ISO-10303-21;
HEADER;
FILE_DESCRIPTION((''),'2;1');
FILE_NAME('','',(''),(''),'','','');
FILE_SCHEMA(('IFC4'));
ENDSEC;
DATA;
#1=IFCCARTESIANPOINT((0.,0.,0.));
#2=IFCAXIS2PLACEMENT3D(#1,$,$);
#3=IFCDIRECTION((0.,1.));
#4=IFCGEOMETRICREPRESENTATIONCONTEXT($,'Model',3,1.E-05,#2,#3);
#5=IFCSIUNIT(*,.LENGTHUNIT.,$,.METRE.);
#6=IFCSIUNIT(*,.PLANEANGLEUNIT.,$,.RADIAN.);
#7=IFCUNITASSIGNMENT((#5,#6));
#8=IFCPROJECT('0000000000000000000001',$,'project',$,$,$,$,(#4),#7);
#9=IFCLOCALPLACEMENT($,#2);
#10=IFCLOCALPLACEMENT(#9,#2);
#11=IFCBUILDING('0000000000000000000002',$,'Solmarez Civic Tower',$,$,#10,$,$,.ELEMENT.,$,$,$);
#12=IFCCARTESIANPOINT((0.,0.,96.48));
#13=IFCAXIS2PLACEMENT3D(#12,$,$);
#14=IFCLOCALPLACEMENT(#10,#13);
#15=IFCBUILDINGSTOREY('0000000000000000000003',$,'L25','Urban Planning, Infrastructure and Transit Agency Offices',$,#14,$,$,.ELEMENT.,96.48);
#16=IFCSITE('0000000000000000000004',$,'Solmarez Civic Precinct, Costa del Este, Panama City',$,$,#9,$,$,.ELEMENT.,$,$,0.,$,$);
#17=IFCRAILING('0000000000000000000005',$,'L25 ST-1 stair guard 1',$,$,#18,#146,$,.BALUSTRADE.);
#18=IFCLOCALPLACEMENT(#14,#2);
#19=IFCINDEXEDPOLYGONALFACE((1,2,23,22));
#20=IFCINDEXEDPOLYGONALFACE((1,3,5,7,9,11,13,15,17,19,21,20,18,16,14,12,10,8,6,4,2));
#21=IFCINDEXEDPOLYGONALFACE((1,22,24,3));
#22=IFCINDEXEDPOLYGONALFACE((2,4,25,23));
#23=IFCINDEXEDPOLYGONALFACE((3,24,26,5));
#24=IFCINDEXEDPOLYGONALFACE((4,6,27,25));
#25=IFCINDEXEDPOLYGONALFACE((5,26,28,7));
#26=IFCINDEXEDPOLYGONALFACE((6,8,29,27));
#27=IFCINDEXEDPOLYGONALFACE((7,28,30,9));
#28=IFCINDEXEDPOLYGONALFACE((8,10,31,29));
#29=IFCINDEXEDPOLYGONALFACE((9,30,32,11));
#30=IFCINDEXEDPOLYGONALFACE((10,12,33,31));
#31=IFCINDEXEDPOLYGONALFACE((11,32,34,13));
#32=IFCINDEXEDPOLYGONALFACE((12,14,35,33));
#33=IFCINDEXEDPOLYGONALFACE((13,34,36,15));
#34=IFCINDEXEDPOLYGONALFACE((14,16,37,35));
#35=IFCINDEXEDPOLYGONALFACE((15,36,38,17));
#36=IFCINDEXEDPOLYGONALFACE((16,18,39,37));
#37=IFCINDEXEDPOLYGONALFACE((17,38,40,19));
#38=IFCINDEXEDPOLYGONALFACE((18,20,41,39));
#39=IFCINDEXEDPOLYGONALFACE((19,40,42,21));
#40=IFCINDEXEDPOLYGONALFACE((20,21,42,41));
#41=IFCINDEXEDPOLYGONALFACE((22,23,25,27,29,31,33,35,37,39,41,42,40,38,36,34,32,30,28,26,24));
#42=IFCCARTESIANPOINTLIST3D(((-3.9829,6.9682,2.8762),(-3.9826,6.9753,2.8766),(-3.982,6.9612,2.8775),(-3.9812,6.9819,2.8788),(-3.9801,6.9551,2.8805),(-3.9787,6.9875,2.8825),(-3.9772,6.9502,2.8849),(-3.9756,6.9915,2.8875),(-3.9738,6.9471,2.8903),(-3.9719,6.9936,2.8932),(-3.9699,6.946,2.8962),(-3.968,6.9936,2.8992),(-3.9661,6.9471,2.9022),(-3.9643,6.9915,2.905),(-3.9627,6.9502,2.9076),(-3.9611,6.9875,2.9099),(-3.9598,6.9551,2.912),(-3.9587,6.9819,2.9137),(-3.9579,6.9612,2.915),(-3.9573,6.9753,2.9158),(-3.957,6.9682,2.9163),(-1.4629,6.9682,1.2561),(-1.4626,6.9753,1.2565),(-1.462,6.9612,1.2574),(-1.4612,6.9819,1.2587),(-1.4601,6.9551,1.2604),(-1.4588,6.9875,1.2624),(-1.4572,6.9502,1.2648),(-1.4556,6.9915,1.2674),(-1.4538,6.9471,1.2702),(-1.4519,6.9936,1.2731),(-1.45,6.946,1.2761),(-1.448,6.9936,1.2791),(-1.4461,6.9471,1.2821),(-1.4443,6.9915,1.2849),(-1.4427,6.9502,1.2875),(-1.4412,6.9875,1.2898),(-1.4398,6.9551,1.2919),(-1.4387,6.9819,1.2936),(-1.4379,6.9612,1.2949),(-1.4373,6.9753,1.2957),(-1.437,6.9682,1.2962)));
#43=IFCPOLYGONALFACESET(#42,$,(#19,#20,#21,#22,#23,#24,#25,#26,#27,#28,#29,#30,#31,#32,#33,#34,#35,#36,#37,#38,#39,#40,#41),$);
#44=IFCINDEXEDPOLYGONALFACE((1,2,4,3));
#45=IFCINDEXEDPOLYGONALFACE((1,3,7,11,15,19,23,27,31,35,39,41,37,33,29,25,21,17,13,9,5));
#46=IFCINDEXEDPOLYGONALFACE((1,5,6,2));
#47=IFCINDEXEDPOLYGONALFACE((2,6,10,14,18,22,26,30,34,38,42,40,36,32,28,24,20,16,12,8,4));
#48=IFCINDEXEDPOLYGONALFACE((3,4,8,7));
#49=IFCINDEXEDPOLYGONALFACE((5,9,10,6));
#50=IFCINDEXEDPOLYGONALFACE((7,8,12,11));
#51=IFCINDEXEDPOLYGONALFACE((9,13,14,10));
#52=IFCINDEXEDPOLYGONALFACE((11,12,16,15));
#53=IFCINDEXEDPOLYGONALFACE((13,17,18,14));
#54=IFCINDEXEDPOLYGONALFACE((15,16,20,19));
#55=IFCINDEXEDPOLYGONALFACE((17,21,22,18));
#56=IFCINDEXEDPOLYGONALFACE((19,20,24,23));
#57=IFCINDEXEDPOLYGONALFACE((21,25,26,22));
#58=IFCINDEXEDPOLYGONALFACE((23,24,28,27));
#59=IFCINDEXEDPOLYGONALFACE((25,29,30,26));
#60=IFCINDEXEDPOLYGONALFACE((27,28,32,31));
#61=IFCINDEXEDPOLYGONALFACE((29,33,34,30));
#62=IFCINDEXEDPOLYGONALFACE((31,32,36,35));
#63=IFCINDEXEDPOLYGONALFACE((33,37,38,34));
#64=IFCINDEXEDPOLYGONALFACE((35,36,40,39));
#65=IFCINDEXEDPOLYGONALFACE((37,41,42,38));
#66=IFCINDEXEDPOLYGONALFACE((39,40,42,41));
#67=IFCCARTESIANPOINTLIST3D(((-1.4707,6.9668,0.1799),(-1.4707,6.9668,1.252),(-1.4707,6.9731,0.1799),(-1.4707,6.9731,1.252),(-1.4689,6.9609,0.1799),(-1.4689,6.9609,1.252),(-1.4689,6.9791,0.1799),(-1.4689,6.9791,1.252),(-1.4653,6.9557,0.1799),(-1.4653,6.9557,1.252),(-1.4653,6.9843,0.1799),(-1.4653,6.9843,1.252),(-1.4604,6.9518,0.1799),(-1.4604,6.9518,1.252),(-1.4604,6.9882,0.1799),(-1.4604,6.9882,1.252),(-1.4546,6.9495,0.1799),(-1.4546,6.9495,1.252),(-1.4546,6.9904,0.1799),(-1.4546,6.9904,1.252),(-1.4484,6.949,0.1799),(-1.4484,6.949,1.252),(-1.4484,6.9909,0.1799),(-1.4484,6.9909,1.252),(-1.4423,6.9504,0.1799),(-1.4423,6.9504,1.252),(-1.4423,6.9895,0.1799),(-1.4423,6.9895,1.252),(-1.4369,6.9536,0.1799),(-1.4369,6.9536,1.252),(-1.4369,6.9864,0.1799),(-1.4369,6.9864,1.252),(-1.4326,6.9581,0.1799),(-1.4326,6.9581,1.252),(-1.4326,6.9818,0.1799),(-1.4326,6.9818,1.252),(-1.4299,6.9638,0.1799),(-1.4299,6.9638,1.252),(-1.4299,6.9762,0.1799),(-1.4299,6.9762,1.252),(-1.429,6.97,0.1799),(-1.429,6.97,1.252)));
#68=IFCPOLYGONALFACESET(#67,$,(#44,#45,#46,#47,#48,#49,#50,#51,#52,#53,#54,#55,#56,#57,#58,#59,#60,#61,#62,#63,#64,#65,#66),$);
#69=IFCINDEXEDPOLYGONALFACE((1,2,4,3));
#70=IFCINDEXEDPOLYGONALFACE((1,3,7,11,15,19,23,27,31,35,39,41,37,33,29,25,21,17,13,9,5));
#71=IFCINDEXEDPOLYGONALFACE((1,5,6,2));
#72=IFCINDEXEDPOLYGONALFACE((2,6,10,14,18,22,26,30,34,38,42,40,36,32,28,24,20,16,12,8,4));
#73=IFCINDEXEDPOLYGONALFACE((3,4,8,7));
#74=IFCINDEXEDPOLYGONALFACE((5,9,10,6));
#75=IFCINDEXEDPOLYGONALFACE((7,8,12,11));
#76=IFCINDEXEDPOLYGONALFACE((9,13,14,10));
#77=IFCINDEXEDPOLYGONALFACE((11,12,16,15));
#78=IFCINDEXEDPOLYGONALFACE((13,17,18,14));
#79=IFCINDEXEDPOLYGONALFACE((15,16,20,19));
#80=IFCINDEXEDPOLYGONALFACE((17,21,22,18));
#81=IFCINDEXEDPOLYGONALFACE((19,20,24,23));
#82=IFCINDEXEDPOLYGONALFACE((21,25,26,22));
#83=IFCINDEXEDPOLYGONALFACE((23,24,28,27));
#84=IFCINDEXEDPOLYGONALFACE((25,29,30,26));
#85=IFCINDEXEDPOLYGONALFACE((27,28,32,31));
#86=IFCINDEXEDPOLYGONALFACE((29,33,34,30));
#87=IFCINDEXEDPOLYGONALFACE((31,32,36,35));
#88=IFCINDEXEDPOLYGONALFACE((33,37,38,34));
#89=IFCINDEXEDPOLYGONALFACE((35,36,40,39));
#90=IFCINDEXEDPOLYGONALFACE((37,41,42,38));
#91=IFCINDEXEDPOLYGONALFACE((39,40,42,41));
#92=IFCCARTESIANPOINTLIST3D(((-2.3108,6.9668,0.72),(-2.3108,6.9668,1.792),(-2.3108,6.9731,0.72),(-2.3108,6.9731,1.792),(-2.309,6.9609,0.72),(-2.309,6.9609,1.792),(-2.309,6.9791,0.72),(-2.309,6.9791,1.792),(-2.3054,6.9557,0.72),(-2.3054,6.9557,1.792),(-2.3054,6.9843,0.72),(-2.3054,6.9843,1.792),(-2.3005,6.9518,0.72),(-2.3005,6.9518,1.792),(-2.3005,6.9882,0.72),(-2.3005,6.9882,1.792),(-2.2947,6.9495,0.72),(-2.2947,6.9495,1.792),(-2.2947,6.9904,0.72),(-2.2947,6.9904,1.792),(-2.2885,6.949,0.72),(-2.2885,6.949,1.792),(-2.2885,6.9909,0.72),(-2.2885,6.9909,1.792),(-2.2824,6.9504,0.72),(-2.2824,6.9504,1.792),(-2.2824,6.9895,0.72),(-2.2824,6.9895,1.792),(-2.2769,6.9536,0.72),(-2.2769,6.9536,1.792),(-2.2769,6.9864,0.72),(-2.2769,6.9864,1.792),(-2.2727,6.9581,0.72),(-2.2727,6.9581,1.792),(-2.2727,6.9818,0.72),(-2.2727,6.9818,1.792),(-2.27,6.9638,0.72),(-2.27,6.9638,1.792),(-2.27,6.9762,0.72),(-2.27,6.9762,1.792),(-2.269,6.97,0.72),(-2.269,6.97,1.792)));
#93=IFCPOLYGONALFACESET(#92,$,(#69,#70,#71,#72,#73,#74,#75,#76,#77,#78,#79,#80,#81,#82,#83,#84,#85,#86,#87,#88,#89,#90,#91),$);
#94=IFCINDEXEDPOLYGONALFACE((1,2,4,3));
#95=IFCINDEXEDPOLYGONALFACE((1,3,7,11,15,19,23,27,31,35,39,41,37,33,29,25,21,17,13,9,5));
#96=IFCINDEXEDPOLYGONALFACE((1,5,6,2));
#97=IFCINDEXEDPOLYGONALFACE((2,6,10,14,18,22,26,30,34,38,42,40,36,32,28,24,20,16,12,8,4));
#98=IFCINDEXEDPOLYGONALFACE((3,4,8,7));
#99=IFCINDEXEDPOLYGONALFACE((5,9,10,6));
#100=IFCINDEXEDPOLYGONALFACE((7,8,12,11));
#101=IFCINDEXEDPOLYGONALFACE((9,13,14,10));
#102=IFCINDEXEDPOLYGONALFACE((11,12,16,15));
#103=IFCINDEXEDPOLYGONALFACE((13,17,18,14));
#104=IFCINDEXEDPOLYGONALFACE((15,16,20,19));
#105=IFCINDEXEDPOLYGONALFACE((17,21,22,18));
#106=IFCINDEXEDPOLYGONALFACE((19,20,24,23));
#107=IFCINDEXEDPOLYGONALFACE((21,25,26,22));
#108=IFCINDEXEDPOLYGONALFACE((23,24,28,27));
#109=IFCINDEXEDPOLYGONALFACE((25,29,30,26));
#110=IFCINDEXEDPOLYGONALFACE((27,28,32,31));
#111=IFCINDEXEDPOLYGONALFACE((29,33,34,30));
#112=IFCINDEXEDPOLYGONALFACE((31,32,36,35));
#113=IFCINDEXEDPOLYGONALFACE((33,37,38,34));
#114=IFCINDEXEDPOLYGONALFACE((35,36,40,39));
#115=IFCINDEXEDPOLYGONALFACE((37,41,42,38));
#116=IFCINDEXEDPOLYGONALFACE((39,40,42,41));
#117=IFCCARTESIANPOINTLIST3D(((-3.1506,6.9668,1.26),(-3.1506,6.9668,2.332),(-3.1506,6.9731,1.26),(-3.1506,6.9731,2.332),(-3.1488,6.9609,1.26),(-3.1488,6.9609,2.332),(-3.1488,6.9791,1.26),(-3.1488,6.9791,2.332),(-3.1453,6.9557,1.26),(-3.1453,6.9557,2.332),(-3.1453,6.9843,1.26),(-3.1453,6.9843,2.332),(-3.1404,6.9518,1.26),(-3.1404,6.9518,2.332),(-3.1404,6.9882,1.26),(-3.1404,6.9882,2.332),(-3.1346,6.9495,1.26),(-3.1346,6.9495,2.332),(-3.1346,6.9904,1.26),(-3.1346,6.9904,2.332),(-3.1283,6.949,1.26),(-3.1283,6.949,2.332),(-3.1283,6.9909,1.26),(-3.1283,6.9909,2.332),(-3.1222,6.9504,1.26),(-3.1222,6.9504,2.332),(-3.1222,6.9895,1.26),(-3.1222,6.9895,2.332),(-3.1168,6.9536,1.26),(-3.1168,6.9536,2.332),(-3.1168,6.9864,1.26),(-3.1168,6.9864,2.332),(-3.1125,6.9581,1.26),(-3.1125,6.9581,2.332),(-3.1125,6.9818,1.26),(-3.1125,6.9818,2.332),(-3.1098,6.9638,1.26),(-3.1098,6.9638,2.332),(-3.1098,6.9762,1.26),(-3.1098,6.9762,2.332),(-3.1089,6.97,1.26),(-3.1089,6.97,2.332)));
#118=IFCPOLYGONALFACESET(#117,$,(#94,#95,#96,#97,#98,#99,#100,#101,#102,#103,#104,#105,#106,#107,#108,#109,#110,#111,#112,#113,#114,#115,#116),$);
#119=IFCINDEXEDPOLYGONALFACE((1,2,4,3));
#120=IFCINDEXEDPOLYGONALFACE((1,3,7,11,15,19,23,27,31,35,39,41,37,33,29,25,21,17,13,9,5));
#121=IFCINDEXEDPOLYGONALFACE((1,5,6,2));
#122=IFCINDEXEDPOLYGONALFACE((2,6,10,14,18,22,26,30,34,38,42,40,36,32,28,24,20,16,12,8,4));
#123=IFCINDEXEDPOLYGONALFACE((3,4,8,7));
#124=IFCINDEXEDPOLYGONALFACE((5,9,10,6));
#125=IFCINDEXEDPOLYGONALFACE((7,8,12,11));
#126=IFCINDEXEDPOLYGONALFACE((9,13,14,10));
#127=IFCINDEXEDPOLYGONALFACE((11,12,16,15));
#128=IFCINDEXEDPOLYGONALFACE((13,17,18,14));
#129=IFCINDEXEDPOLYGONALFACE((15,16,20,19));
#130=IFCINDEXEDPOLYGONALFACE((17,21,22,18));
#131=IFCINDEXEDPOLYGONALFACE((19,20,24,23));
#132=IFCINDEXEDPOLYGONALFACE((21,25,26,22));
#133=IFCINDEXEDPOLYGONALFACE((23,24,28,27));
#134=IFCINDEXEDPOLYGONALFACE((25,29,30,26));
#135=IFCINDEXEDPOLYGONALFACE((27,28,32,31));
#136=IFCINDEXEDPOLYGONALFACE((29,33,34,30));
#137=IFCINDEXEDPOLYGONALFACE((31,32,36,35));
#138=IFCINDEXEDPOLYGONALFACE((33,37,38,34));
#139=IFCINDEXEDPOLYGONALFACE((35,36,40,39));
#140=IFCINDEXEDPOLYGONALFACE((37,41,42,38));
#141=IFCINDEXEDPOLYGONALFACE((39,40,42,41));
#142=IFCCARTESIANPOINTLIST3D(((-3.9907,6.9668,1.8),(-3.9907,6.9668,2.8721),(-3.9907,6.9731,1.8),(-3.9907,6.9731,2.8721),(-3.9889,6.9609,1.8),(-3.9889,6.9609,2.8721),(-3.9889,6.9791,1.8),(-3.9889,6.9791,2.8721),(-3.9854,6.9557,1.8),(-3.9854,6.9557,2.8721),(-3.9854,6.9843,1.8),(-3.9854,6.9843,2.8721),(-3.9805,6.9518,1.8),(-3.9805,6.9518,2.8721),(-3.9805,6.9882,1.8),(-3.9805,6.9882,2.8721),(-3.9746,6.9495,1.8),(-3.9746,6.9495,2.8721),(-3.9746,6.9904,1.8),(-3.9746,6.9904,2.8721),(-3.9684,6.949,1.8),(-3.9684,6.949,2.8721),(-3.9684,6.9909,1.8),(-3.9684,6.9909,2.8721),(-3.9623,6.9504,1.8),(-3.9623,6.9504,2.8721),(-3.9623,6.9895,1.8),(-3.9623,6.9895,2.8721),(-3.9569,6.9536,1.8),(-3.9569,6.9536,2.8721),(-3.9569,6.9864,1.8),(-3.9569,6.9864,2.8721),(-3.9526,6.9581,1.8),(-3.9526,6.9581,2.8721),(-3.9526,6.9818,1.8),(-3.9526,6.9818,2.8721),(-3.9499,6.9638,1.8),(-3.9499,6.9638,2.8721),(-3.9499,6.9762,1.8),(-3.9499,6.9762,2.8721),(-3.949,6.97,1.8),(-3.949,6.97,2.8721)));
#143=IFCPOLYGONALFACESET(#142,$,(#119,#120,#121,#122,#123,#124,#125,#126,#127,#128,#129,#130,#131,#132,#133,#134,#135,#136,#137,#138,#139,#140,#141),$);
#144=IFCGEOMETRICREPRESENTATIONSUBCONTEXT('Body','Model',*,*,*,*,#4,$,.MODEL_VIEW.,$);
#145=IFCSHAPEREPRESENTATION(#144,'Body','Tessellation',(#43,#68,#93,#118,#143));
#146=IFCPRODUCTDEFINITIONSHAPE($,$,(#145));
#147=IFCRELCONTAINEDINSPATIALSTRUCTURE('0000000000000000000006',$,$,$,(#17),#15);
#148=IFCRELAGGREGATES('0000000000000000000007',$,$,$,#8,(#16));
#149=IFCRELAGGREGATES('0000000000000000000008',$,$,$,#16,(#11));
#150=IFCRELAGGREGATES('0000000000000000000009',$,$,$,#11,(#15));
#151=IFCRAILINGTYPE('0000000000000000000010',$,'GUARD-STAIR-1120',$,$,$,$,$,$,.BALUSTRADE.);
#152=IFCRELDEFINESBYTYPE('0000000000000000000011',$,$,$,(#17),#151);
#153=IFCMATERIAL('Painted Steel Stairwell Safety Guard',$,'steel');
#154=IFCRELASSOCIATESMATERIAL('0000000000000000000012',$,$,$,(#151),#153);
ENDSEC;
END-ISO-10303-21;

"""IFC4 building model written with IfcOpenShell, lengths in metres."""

from ifc_helpers import new_model, si_unit, direction, frame, origin, origin_2d, place, context, subcontext, project, spatial, circle, extrude, material, type_object, element, save


model = new_model("IFC4")

# Units and contexts
model_context = context("Model", 3, precision=1e-05, world=origin(), true_north=direction((0.0, 1.0)))
body_context = subcontext(model_context, "Body", "Model", "MODEL_VIEW")
ifc_project = project(units=[si_unit("LENGTHUNIT", "METRE"), si_unit("PLANEANGLEUNIT", "RADIAN")], contexts=[model_context])

# Site, building, storey
site_placement = place(None, origin())
site = spatial("IfcSite", under=ifc_project, at=site_placement, Name="Solmarez Civic Precinct, Costa del Este, Panama City", CompositionType="ELEMENT", RefElevation=0.0)
building_placement = place(site_placement, origin())
building = spatial("IfcBuilding", under=site, at=building_placement, Name="Solmarez Civic Tower", CompositionType="ELEMENT")
storey_placement = place(building_placement, frame((0.0, 0.0, 96.48)))
storey = spatial("IfcBuildingStorey", under=building, at=storey_placement, Name="L25", Description="Urban Planning, Infrastructure and Transit Agency Offices", CompositionType="ELEMENT", Elevation=96.48)

# Railing
ifc_material_1 = material(Name="Painted Steel Stairwell Safety Guard", Category="steel")
railing_type_1 = type_object("IfcRailingType", Name="GUARD-STAIR-1120", PredefinedType="BALUSTRADE", material=ifc_material_1)
railing_1_placement = place(storey_placement, frame((-1.45, 6.97, 0.1799)))
element("IfcRailing", 1, at=railing_1_placement, inside=storey, type_object=railing_type_1, Name="L25 ST-1 stair guard 1", PredefinedType="BALUSTRADE", context=body_context, shape_type="SweptSolid", body=[
    extrude(circle(Radius=0.0239, at=origin_2d()), frame((0.0, 0.0, 1.0962), z_axis=(-0.841163, 0.0, 0.540782), x_axis=(0.0, -1.0, 0.0)), (0.0, 0.0, 1.0), 2.9958),
    extrude(circle(Radius=0.021, at=origin_2d()), origin(), (0.0, 0.0, 1.0), 1.072),
    extrude(circle(Radius=0.021, at=origin_2d()), frame((-0.8401, 0.0, 0.54)), (0.0, 0.0, 1.0), 1.072),
    extrude(circle(Radius=0.021, at=origin_2d()), frame((-1.6799, 0.0, 1.0801)), (0.0, 0.0, 1.0), 1.072),
    extrude(circle(Radius=0.021, at=origin_2d()), frame((-2.52, 0.0, 1.6201)), (0.0, 0.0, 1.0), 1.072),
])

save(model, "model.ifc")
